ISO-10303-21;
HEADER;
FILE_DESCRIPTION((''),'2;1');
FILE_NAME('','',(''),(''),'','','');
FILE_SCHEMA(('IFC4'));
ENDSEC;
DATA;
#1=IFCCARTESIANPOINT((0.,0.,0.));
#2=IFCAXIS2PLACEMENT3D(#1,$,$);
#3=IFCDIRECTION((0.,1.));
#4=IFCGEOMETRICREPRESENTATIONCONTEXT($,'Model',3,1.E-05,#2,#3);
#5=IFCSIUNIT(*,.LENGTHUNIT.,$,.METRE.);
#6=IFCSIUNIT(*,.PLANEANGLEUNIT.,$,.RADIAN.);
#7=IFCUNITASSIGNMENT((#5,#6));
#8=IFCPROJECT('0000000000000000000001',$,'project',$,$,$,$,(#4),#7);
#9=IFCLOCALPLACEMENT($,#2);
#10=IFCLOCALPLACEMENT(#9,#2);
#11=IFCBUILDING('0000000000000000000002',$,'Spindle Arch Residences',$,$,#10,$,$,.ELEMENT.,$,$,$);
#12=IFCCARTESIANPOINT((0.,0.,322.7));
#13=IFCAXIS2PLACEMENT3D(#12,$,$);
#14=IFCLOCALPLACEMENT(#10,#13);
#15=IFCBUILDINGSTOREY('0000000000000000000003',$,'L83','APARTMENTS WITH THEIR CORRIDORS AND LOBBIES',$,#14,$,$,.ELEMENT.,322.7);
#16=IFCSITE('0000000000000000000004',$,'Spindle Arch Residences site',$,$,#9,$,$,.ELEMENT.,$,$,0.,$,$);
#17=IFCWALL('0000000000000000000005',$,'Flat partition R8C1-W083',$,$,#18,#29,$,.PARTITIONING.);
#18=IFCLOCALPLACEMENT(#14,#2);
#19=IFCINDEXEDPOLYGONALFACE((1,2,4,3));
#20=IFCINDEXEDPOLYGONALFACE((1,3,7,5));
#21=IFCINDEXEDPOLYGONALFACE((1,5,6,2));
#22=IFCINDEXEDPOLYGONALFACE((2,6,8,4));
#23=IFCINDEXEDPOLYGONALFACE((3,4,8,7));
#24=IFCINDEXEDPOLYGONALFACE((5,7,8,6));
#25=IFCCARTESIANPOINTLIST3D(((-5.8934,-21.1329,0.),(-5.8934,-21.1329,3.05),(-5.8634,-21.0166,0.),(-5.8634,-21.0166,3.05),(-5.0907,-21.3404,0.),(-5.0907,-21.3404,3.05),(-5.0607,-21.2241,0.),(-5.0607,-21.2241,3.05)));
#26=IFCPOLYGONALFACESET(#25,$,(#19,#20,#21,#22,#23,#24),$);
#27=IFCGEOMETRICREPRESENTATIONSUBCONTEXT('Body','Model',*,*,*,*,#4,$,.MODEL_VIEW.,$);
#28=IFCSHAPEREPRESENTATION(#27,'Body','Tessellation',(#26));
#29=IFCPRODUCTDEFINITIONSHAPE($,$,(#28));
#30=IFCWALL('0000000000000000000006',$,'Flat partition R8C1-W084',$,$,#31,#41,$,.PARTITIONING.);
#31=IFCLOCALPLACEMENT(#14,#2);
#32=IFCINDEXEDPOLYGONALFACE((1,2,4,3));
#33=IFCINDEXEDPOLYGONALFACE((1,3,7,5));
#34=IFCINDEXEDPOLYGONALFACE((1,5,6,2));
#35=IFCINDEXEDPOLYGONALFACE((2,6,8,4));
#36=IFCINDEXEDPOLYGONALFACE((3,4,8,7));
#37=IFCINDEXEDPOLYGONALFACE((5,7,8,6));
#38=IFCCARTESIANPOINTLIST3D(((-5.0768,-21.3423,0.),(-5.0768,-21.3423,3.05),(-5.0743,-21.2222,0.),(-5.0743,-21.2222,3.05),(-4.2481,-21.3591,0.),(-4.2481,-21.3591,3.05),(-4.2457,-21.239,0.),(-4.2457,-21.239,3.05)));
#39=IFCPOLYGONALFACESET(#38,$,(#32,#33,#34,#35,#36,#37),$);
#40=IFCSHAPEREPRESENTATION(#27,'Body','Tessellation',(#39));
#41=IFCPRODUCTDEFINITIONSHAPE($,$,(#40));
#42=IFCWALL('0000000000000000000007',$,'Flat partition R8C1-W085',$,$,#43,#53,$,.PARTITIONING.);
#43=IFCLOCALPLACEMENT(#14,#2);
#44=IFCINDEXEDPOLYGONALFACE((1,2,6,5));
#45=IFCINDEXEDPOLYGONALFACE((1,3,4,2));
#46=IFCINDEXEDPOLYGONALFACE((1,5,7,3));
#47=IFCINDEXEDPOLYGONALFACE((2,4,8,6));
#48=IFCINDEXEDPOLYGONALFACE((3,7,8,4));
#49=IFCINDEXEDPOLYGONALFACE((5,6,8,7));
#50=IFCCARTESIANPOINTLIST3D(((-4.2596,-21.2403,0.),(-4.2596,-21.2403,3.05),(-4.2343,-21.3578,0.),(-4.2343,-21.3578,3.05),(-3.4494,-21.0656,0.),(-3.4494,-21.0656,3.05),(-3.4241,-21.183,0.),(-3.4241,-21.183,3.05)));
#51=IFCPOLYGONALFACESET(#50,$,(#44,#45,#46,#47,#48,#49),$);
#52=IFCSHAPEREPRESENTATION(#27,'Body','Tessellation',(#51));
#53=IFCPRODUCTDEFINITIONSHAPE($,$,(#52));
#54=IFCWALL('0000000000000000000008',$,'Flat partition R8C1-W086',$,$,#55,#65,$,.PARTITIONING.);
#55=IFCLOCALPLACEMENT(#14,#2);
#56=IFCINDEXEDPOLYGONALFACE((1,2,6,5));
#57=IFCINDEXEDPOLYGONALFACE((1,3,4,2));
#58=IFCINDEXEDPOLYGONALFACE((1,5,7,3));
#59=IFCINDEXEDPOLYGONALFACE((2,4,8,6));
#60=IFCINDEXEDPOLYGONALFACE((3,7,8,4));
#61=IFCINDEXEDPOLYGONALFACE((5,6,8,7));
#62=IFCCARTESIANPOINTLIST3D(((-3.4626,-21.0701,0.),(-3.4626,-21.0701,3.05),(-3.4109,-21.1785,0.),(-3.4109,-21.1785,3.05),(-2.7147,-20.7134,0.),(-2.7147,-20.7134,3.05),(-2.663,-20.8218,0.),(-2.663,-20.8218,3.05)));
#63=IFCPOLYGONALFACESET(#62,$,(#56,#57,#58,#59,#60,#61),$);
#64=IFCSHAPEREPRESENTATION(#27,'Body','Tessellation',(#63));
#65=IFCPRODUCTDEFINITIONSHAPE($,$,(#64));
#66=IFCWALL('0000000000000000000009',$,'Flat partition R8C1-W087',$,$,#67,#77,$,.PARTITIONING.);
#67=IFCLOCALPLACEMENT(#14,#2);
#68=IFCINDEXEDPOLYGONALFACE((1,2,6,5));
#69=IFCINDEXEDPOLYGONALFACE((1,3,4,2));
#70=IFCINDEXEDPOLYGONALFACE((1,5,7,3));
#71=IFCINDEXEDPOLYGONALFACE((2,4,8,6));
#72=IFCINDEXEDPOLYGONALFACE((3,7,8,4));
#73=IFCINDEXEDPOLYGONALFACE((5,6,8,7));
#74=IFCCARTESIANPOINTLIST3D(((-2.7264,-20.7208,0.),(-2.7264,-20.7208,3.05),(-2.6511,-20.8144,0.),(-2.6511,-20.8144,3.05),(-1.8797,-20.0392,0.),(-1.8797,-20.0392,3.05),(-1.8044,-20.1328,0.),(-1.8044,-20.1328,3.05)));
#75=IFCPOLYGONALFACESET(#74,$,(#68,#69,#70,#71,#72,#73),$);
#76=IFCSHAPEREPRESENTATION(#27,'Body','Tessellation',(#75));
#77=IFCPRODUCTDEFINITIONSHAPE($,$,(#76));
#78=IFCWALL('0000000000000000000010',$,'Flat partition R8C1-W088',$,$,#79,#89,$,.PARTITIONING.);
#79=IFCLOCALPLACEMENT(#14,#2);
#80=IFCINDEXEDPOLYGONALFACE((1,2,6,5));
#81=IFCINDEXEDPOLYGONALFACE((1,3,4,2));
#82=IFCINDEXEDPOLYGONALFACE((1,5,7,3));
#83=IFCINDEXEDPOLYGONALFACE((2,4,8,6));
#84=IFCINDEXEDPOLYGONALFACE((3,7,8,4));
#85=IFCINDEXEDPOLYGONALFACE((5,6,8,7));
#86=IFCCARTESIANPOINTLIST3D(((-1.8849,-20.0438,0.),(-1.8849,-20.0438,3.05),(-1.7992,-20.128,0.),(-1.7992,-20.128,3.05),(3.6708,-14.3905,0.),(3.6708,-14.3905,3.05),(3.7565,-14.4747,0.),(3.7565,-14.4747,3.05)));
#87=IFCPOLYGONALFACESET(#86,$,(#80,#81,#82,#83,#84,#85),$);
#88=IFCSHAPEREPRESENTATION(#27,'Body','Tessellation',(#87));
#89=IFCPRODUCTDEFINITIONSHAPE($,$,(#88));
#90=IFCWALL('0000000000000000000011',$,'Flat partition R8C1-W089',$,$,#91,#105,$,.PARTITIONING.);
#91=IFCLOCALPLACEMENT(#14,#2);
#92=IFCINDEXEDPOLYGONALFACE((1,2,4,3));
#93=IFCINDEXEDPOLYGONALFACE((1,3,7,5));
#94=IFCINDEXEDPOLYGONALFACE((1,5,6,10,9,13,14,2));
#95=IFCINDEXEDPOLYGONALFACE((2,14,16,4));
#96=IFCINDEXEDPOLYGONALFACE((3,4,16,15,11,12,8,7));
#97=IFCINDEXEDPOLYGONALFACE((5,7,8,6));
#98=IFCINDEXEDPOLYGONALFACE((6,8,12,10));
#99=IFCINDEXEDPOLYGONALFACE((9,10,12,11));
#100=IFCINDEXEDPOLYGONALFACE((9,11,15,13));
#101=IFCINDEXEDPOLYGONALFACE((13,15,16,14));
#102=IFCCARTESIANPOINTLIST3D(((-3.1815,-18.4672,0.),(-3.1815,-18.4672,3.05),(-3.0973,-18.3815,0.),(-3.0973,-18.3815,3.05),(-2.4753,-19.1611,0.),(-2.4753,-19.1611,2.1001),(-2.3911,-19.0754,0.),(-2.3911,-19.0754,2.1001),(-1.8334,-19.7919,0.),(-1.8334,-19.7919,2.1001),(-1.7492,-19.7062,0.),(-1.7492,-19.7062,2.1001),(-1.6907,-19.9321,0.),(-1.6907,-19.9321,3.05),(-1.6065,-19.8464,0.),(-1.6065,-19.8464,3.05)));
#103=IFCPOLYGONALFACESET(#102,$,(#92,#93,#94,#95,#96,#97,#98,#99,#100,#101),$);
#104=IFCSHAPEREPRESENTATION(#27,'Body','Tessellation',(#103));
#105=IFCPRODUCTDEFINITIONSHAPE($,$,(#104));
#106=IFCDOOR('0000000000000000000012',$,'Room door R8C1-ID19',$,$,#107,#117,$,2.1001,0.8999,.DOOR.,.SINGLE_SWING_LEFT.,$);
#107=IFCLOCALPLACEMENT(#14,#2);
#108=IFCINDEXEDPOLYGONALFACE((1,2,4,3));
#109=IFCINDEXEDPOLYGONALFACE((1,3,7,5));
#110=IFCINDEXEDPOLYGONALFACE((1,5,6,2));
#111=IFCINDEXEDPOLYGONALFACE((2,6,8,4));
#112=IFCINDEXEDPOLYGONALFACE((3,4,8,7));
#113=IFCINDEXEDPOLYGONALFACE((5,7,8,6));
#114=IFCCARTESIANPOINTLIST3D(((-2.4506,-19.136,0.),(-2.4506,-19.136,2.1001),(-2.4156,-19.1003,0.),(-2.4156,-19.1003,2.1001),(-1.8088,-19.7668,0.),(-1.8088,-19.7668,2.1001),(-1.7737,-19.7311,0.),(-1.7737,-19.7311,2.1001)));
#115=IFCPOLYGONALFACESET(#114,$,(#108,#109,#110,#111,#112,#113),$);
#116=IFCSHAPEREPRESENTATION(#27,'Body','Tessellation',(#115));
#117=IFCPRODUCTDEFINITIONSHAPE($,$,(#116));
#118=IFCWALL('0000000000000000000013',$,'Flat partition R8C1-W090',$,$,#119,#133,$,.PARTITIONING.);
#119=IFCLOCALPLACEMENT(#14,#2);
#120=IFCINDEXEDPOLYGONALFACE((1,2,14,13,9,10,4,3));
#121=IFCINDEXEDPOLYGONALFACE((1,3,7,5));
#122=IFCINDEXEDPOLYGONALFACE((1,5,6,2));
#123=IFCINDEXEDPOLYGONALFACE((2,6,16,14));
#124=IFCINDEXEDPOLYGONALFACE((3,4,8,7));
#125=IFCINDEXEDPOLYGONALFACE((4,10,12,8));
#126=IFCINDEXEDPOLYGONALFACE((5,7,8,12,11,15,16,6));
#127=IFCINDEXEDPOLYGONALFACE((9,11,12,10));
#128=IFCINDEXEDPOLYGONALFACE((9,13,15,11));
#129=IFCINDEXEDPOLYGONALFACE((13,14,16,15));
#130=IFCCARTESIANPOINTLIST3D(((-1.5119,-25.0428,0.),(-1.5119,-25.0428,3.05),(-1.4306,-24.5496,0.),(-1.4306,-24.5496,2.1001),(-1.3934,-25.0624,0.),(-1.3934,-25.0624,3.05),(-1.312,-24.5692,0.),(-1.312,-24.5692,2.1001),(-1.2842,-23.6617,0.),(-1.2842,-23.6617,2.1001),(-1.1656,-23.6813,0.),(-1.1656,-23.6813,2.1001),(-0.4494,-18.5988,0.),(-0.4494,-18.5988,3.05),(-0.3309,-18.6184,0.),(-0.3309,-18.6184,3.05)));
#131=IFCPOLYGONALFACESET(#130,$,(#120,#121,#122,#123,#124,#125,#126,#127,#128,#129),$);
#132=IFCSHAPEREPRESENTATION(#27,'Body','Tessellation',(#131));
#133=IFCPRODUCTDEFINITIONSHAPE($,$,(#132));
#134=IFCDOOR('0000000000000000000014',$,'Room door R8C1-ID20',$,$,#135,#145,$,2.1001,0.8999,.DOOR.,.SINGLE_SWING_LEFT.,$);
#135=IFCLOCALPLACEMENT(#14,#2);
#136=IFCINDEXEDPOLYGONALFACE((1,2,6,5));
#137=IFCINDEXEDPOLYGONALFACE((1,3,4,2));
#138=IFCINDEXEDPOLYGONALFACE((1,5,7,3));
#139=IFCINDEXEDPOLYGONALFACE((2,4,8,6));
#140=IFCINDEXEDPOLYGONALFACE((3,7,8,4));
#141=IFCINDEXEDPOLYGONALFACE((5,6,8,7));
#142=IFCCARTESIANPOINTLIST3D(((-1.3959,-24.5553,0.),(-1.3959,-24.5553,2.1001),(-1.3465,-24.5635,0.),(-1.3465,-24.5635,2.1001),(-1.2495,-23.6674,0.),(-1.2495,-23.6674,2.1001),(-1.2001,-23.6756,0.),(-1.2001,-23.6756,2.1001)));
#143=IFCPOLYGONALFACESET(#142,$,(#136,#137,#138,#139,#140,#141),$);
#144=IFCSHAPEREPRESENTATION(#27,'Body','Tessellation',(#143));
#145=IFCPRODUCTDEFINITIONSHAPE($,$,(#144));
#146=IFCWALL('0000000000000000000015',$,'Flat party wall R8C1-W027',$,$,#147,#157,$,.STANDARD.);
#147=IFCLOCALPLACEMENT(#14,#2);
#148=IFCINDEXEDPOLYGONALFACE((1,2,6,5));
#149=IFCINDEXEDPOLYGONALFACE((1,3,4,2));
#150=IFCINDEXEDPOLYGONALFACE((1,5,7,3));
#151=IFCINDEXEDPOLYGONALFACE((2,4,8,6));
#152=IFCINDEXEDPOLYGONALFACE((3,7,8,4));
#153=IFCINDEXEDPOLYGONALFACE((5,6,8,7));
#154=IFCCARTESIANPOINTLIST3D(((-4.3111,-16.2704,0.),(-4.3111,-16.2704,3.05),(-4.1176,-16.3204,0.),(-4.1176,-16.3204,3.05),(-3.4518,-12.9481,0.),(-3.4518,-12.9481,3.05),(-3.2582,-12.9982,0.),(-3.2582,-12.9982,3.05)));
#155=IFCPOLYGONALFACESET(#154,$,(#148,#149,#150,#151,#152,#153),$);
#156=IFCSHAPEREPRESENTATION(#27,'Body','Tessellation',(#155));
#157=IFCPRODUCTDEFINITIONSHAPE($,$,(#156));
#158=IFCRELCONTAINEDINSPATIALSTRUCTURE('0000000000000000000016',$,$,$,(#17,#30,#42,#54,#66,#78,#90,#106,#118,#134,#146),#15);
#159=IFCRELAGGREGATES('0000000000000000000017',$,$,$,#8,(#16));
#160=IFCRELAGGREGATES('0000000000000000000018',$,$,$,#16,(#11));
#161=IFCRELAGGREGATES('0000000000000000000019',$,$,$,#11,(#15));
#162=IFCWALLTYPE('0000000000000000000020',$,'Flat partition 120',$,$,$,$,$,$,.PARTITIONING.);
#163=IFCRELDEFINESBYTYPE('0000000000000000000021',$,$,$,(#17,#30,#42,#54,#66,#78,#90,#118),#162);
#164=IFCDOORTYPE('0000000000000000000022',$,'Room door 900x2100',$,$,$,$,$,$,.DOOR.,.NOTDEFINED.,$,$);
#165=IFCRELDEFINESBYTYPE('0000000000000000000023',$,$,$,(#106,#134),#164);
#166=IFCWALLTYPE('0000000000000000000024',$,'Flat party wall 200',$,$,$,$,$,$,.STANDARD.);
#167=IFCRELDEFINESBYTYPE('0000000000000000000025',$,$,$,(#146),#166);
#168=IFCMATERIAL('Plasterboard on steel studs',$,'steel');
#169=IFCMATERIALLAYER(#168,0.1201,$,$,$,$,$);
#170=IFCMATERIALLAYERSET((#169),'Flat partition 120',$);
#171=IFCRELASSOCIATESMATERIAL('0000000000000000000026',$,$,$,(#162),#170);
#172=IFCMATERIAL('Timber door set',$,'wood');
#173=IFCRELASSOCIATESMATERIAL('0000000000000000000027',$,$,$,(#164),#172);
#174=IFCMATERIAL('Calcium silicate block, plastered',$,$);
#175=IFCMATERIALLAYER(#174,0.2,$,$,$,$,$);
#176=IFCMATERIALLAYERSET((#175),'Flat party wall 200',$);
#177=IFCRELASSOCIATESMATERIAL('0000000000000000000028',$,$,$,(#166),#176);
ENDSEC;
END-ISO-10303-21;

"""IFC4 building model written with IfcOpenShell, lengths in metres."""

from ifc_helpers import new_model, si_unit, direction, frame, frame_2d, origin, place, context, subcontext, project, spatial, rectangle, extrude, material, layer, layer_set, type_object, element, fill, save


model = new_model("IFC4")

# Units and contexts
model_context = context("Model", 3, precision=1e-05, world=origin(), true_north=direction((0.0, 1.0)))
body_context = subcontext(model_context, "Body", "Model", "MODEL_VIEW")
ifc_project = project(units=[si_unit("LENGTHUNIT", "METRE"), si_unit("PLANEANGLEUNIT", "RADIAN")], contexts=[model_context])

# Site, building, storey
site_placement = place(None, origin())
site = spatial("IfcSite", under=ifc_project, at=site_placement, Name="Spindle Arch Residences site", CompositionType="ELEMENT", RefElevation=0.0)
building_placement = place(site_placement, origin())
building = spatial("IfcBuilding", under=site, at=building_placement, Name="Spindle Arch Residences", CompositionType="ELEMENT")
storey_placement = place(building_placement, frame((0.0, 0.0, 322.7)))
storey = spatial("IfcBuildingStorey", under=building, at=storey_placement, Name="L83", Description="APARTMENTS WITH THEIR CORRIDORS AND LOBBIES", CompositionType="ELEMENT", Elevation=322.7)

# Walls
ifc_material_1 = material(Name="Plasterboard on steel studs", Category="steel")
ifc_layer_1 = layer(ifc_material_1, 0.1201)
ifc_layer_set_1 = layer_set([ifc_layer_1], Name="Flat partition 120")
wall_type_1 = type_object("IfcWallType", Name="Flat partition 120", PredefinedType="PARTITIONING", material=ifc_layer_set_1)
wall_1_placement = place(storey_placement, frame((-5.8784, -21.0747, 0.0), z_axis=(0.0, 0.0, 1.0), x_axis=(0.968172, -0.250288, 0.0)))
element("IfcWall", 1, at=wall_1_placement, inside=storey, type_object=wall_type_1, Name="Flat partition R8C1-W083", PredefinedType="PARTITIONING", context=body_context, shape_type="SweptSolid", body=[
    extrude(rectangle(XDim=0.8291, YDim=0.1201, at=frame_2d((0.4146, 0.0))), origin(), (0.0, 0.0, 1.0), 3.05),
])
for number, where, z_axis, x_axis, name in (
    (2, (-5.0757, -21.2822, 0.0), (0.0, 0.0, 1.0), (0.999793, -0.020326, 0.0), "Flat partition R8C1-W084"),
    (3, (-4.2471, -21.2991, 0.0), (0.0, 0.0, 1.0), (0.977513, 0.210876, 0.0), "Flat partition R8C1-W085"),
):
    element("IfcWall", number, at=place(storey_placement, frame(where, z_axis=z_axis, x_axis=x_axis)), inside=storey, type_object=wall_type_1, Name=name, PredefinedType="PARTITIONING", context=body_context, shape_type="SweptSolid", body=[
        extrude(rectangle(XDim=0.8289, YDim=0.1201, at=frame_2d((0.4146, 0.0))), origin(), (0.0, 0.0, 1.0), 3.05),
    ])
wall_2_placement = place(storey_placement, frame((-3.4368, -21.1243, 0.0), z_axis=(0.0, 0.0, 1.0), x_axis=(0.902637, 0.430402, 0.0)))
element("IfcWall", 4, at=wall_2_placement, inside=storey, type_object=wall_type_1, Name="Flat partition R8C1-W086", PredefinedType="PARTITIONING", context=body_context, shape_type="SweptSolid", body=[
    extrude(rectangle(XDim=0.8286, YDim=0.1201, at=frame_2d((0.4143, 0.0))), origin(), (0.0, 0.0, 1.0), 3.05),
])
wall_3_placement = place(storey_placement, frame((-2.6887, -20.7676, 0.0), z_axis=(0.0, 0.0, 1.0), x_axis=(0.778937, 0.627102, 0.0)))
element("IfcWall", 5, at=wall_3_placement, inside=storey, type_object=wall_type_1, Name="Flat partition R8C1-W087", PredefinedType="PARTITIONING", context=body_context, shape_type="SweptSolid", body=[
    extrude(rectangle(XDim=1.0869, YDim=0.1201, at=frame_2d((0.5435, 0.0))), origin(), (0.0, 0.0, 1.0), 3.05),
])
wall_4_placement = place(storey_placement, frame((-1.842, -20.0859, 0.0), z_axis=(0.0, 0.0, 1.0), x_axis=(0.70092, 0.71324, 0.0)))
element("IfcWall", 6, at=wall_4_placement, inside=storey, type_object=wall_type_1, Name="Flat partition R8C1-W088", PredefinedType="PARTITIONING", context=body_context, shape_type="SweptSolid", body=[
    extrude(rectangle(XDim=7.9263, YDim=0.1201, at=frame_2d((3.9631, 0.0))), origin(), (0.0, 0.0, 1.0), 3.05),
])

# Walls, openings, doors
wall_5_placement = place(storey_placement, frame((-1.6487, -19.8892, 0.0), z_axis=(0.0, 0.0, 1.0), x_axis=(-0.713271, 0.700888, 0.0)))
wall_5 = element("IfcWall", 7, at=wall_5_placement, inside=storey, type_object=wall_type_1, Name="Flat partition R8C1-W089", PredefinedType="PARTITIONING", context=body_context, shape_type="SweptSolid", body=[
    extrude(rectangle(XDim=2.0901, YDim=0.1201, at=frame_2d((1.0449, 0.0))), origin(), (0.0, 0.0, 1.0), 3.05),
])
opening_1_placement = place(wall_5_placement, frame((0.2, 0.0, 0.0)))
opening_1 = element("IfcOpeningElement", 8, at=opening_1_placement, cuts=wall_5, PredefinedType="OPENING", context=body_context, shape_type="SweptSolid", body=[
    extrude(rectangle(XDim=0.8999, YDim=2.1001, at=frame_2d((0.45, 1.05))), frame((0.0, 0.0701, 0.0), z_axis=(0.0, -1.0, 0.0), x_axis=(1.0, 0.0, 0.0)), (0.0, 0.0, 1.0), 0.1401),
])
ifc_material_2 = material(Name="Timber door set", Category="wood")
door_type = type_object("IfcDoorType", Name="Room door 900x2100", OperationType="NOTDEFINED", PredefinedType="DOOR", material=ifc_material_2)
door_1_placement = place(opening_1_placement, origin())
door_1 = element("IfcDoor", 9, at=door_1_placement, inside=storey, type_object=door_type, Name="Room door R8C1-ID19", OperationType="SINGLE_SWING_LEFT", OverallHeight=2.1001, OverallWidth=0.8999, PredefinedType="DOOR", context=body_context, shape_type="SweptSolid", body=[
    extrude(rectangle(XDim=0.8999, YDim=2.1001, at=frame_2d((0.45, 1.05))), frame((0.0, 0.0249, 0.0), z_axis=(0.0, -1.0, 0.0), x_axis=(1.0, 0.0, 0.0)), (0.0, 0.0, 1.0), 0.05),
])
fill(opening_1, door_1)
wall_6_placement = place(storey_placement, frame((-1.4526, -25.0527, 0.0), z_axis=(0.0, 0.0, 1.0), x_axis=(0.162683, 0.986678, 0.0)))
wall_6 = element("IfcWall", 10, at=wall_6_placement, inside=storey, type_object=wall_type_1, Name="Flat partition R8C1-W090", PredefinedType="PARTITIONING", context=body_context, shape_type="SweptSolid", body=[
    extrude(rectangle(XDim=6.531, YDim=0.1201, at=frame_2d((3.2656, 0.0))), origin(), (0.0, 0.0, 1.0), 3.05),
])
opening_2_placement = place(wall_6_placement, frame((0.5, 0.0, 0.0)))
opening_2 = element("IfcOpeningElement", 11, at=opening_2_placement, cuts=wall_6, PredefinedType="OPENING", context=body_context, shape_type="SweptSolid", body=[
    extrude(rectangle(XDim=0.8999, YDim=2.1001, at=frame_2d((0.45, 1.05))), frame((0.0, 0.0701, 0.0), z_axis=(0.0, -1.0, 0.0), x_axis=(1.0, 0.0, 0.0)), (0.0, 0.0, 1.0), 0.1401),
])
door_2_placement = place(opening_2_placement, origin())
door_2 = element("IfcDoor", 12, at=door_2_placement, inside=storey, type_object=door_type, Name="Room door R8C1-ID20", OperationType="SINGLE_SWING_LEFT", OverallHeight=2.1001, OverallWidth=0.8999, PredefinedType="DOOR", context=body_context, shape_type="SweptSolid", body=[
    extrude(rectangle(XDim=0.8999, YDim=2.1001, at=frame_2d((0.45, 1.05))), frame((0.0, 0.0249, 0.0), z_axis=(0.0, -1.0, 0.0), x_axis=(1.0, 0.0, 0.0)), (0.0, 0.0, 1.0), 0.05),
])
fill(opening_2, door_2)

# Wall
ifc_material_3 = material(Name="Calcium silicate block, plastered")
ifc_layer_2 = layer(ifc_material_3, 0.2)
ifc_layer_set_2 = layer_set([ifc_layer_2], Name="Flat party wall 200")
wall_type_2 = type_object("IfcWallType", Name="Flat party wall 200", PredefinedType="STANDARD", material=ifc_layer_set_2)
wall_7_placement = place(storey_placement, frame((-4.2144, -16.2954, 0.0), z_axis=(0.0, 0.0, 1.0), x_axis=(0.250429, 0.968135, 0.0)))
element("IfcWall", 13, at=wall_7_placement, inside=storey, type_object=wall_type_2, Name="Flat party wall R8C1-W027", PredefinedType="STANDARD", context=body_context, shape_type="SweptSolid", body=[
    extrude(rectangle(XDim=3.4316, YDim=0.2, at=frame_2d((1.7158, 0.0))), origin(), (0.0, 0.0, 1.0), 3.05),
])

save(model, "model.ifc")
